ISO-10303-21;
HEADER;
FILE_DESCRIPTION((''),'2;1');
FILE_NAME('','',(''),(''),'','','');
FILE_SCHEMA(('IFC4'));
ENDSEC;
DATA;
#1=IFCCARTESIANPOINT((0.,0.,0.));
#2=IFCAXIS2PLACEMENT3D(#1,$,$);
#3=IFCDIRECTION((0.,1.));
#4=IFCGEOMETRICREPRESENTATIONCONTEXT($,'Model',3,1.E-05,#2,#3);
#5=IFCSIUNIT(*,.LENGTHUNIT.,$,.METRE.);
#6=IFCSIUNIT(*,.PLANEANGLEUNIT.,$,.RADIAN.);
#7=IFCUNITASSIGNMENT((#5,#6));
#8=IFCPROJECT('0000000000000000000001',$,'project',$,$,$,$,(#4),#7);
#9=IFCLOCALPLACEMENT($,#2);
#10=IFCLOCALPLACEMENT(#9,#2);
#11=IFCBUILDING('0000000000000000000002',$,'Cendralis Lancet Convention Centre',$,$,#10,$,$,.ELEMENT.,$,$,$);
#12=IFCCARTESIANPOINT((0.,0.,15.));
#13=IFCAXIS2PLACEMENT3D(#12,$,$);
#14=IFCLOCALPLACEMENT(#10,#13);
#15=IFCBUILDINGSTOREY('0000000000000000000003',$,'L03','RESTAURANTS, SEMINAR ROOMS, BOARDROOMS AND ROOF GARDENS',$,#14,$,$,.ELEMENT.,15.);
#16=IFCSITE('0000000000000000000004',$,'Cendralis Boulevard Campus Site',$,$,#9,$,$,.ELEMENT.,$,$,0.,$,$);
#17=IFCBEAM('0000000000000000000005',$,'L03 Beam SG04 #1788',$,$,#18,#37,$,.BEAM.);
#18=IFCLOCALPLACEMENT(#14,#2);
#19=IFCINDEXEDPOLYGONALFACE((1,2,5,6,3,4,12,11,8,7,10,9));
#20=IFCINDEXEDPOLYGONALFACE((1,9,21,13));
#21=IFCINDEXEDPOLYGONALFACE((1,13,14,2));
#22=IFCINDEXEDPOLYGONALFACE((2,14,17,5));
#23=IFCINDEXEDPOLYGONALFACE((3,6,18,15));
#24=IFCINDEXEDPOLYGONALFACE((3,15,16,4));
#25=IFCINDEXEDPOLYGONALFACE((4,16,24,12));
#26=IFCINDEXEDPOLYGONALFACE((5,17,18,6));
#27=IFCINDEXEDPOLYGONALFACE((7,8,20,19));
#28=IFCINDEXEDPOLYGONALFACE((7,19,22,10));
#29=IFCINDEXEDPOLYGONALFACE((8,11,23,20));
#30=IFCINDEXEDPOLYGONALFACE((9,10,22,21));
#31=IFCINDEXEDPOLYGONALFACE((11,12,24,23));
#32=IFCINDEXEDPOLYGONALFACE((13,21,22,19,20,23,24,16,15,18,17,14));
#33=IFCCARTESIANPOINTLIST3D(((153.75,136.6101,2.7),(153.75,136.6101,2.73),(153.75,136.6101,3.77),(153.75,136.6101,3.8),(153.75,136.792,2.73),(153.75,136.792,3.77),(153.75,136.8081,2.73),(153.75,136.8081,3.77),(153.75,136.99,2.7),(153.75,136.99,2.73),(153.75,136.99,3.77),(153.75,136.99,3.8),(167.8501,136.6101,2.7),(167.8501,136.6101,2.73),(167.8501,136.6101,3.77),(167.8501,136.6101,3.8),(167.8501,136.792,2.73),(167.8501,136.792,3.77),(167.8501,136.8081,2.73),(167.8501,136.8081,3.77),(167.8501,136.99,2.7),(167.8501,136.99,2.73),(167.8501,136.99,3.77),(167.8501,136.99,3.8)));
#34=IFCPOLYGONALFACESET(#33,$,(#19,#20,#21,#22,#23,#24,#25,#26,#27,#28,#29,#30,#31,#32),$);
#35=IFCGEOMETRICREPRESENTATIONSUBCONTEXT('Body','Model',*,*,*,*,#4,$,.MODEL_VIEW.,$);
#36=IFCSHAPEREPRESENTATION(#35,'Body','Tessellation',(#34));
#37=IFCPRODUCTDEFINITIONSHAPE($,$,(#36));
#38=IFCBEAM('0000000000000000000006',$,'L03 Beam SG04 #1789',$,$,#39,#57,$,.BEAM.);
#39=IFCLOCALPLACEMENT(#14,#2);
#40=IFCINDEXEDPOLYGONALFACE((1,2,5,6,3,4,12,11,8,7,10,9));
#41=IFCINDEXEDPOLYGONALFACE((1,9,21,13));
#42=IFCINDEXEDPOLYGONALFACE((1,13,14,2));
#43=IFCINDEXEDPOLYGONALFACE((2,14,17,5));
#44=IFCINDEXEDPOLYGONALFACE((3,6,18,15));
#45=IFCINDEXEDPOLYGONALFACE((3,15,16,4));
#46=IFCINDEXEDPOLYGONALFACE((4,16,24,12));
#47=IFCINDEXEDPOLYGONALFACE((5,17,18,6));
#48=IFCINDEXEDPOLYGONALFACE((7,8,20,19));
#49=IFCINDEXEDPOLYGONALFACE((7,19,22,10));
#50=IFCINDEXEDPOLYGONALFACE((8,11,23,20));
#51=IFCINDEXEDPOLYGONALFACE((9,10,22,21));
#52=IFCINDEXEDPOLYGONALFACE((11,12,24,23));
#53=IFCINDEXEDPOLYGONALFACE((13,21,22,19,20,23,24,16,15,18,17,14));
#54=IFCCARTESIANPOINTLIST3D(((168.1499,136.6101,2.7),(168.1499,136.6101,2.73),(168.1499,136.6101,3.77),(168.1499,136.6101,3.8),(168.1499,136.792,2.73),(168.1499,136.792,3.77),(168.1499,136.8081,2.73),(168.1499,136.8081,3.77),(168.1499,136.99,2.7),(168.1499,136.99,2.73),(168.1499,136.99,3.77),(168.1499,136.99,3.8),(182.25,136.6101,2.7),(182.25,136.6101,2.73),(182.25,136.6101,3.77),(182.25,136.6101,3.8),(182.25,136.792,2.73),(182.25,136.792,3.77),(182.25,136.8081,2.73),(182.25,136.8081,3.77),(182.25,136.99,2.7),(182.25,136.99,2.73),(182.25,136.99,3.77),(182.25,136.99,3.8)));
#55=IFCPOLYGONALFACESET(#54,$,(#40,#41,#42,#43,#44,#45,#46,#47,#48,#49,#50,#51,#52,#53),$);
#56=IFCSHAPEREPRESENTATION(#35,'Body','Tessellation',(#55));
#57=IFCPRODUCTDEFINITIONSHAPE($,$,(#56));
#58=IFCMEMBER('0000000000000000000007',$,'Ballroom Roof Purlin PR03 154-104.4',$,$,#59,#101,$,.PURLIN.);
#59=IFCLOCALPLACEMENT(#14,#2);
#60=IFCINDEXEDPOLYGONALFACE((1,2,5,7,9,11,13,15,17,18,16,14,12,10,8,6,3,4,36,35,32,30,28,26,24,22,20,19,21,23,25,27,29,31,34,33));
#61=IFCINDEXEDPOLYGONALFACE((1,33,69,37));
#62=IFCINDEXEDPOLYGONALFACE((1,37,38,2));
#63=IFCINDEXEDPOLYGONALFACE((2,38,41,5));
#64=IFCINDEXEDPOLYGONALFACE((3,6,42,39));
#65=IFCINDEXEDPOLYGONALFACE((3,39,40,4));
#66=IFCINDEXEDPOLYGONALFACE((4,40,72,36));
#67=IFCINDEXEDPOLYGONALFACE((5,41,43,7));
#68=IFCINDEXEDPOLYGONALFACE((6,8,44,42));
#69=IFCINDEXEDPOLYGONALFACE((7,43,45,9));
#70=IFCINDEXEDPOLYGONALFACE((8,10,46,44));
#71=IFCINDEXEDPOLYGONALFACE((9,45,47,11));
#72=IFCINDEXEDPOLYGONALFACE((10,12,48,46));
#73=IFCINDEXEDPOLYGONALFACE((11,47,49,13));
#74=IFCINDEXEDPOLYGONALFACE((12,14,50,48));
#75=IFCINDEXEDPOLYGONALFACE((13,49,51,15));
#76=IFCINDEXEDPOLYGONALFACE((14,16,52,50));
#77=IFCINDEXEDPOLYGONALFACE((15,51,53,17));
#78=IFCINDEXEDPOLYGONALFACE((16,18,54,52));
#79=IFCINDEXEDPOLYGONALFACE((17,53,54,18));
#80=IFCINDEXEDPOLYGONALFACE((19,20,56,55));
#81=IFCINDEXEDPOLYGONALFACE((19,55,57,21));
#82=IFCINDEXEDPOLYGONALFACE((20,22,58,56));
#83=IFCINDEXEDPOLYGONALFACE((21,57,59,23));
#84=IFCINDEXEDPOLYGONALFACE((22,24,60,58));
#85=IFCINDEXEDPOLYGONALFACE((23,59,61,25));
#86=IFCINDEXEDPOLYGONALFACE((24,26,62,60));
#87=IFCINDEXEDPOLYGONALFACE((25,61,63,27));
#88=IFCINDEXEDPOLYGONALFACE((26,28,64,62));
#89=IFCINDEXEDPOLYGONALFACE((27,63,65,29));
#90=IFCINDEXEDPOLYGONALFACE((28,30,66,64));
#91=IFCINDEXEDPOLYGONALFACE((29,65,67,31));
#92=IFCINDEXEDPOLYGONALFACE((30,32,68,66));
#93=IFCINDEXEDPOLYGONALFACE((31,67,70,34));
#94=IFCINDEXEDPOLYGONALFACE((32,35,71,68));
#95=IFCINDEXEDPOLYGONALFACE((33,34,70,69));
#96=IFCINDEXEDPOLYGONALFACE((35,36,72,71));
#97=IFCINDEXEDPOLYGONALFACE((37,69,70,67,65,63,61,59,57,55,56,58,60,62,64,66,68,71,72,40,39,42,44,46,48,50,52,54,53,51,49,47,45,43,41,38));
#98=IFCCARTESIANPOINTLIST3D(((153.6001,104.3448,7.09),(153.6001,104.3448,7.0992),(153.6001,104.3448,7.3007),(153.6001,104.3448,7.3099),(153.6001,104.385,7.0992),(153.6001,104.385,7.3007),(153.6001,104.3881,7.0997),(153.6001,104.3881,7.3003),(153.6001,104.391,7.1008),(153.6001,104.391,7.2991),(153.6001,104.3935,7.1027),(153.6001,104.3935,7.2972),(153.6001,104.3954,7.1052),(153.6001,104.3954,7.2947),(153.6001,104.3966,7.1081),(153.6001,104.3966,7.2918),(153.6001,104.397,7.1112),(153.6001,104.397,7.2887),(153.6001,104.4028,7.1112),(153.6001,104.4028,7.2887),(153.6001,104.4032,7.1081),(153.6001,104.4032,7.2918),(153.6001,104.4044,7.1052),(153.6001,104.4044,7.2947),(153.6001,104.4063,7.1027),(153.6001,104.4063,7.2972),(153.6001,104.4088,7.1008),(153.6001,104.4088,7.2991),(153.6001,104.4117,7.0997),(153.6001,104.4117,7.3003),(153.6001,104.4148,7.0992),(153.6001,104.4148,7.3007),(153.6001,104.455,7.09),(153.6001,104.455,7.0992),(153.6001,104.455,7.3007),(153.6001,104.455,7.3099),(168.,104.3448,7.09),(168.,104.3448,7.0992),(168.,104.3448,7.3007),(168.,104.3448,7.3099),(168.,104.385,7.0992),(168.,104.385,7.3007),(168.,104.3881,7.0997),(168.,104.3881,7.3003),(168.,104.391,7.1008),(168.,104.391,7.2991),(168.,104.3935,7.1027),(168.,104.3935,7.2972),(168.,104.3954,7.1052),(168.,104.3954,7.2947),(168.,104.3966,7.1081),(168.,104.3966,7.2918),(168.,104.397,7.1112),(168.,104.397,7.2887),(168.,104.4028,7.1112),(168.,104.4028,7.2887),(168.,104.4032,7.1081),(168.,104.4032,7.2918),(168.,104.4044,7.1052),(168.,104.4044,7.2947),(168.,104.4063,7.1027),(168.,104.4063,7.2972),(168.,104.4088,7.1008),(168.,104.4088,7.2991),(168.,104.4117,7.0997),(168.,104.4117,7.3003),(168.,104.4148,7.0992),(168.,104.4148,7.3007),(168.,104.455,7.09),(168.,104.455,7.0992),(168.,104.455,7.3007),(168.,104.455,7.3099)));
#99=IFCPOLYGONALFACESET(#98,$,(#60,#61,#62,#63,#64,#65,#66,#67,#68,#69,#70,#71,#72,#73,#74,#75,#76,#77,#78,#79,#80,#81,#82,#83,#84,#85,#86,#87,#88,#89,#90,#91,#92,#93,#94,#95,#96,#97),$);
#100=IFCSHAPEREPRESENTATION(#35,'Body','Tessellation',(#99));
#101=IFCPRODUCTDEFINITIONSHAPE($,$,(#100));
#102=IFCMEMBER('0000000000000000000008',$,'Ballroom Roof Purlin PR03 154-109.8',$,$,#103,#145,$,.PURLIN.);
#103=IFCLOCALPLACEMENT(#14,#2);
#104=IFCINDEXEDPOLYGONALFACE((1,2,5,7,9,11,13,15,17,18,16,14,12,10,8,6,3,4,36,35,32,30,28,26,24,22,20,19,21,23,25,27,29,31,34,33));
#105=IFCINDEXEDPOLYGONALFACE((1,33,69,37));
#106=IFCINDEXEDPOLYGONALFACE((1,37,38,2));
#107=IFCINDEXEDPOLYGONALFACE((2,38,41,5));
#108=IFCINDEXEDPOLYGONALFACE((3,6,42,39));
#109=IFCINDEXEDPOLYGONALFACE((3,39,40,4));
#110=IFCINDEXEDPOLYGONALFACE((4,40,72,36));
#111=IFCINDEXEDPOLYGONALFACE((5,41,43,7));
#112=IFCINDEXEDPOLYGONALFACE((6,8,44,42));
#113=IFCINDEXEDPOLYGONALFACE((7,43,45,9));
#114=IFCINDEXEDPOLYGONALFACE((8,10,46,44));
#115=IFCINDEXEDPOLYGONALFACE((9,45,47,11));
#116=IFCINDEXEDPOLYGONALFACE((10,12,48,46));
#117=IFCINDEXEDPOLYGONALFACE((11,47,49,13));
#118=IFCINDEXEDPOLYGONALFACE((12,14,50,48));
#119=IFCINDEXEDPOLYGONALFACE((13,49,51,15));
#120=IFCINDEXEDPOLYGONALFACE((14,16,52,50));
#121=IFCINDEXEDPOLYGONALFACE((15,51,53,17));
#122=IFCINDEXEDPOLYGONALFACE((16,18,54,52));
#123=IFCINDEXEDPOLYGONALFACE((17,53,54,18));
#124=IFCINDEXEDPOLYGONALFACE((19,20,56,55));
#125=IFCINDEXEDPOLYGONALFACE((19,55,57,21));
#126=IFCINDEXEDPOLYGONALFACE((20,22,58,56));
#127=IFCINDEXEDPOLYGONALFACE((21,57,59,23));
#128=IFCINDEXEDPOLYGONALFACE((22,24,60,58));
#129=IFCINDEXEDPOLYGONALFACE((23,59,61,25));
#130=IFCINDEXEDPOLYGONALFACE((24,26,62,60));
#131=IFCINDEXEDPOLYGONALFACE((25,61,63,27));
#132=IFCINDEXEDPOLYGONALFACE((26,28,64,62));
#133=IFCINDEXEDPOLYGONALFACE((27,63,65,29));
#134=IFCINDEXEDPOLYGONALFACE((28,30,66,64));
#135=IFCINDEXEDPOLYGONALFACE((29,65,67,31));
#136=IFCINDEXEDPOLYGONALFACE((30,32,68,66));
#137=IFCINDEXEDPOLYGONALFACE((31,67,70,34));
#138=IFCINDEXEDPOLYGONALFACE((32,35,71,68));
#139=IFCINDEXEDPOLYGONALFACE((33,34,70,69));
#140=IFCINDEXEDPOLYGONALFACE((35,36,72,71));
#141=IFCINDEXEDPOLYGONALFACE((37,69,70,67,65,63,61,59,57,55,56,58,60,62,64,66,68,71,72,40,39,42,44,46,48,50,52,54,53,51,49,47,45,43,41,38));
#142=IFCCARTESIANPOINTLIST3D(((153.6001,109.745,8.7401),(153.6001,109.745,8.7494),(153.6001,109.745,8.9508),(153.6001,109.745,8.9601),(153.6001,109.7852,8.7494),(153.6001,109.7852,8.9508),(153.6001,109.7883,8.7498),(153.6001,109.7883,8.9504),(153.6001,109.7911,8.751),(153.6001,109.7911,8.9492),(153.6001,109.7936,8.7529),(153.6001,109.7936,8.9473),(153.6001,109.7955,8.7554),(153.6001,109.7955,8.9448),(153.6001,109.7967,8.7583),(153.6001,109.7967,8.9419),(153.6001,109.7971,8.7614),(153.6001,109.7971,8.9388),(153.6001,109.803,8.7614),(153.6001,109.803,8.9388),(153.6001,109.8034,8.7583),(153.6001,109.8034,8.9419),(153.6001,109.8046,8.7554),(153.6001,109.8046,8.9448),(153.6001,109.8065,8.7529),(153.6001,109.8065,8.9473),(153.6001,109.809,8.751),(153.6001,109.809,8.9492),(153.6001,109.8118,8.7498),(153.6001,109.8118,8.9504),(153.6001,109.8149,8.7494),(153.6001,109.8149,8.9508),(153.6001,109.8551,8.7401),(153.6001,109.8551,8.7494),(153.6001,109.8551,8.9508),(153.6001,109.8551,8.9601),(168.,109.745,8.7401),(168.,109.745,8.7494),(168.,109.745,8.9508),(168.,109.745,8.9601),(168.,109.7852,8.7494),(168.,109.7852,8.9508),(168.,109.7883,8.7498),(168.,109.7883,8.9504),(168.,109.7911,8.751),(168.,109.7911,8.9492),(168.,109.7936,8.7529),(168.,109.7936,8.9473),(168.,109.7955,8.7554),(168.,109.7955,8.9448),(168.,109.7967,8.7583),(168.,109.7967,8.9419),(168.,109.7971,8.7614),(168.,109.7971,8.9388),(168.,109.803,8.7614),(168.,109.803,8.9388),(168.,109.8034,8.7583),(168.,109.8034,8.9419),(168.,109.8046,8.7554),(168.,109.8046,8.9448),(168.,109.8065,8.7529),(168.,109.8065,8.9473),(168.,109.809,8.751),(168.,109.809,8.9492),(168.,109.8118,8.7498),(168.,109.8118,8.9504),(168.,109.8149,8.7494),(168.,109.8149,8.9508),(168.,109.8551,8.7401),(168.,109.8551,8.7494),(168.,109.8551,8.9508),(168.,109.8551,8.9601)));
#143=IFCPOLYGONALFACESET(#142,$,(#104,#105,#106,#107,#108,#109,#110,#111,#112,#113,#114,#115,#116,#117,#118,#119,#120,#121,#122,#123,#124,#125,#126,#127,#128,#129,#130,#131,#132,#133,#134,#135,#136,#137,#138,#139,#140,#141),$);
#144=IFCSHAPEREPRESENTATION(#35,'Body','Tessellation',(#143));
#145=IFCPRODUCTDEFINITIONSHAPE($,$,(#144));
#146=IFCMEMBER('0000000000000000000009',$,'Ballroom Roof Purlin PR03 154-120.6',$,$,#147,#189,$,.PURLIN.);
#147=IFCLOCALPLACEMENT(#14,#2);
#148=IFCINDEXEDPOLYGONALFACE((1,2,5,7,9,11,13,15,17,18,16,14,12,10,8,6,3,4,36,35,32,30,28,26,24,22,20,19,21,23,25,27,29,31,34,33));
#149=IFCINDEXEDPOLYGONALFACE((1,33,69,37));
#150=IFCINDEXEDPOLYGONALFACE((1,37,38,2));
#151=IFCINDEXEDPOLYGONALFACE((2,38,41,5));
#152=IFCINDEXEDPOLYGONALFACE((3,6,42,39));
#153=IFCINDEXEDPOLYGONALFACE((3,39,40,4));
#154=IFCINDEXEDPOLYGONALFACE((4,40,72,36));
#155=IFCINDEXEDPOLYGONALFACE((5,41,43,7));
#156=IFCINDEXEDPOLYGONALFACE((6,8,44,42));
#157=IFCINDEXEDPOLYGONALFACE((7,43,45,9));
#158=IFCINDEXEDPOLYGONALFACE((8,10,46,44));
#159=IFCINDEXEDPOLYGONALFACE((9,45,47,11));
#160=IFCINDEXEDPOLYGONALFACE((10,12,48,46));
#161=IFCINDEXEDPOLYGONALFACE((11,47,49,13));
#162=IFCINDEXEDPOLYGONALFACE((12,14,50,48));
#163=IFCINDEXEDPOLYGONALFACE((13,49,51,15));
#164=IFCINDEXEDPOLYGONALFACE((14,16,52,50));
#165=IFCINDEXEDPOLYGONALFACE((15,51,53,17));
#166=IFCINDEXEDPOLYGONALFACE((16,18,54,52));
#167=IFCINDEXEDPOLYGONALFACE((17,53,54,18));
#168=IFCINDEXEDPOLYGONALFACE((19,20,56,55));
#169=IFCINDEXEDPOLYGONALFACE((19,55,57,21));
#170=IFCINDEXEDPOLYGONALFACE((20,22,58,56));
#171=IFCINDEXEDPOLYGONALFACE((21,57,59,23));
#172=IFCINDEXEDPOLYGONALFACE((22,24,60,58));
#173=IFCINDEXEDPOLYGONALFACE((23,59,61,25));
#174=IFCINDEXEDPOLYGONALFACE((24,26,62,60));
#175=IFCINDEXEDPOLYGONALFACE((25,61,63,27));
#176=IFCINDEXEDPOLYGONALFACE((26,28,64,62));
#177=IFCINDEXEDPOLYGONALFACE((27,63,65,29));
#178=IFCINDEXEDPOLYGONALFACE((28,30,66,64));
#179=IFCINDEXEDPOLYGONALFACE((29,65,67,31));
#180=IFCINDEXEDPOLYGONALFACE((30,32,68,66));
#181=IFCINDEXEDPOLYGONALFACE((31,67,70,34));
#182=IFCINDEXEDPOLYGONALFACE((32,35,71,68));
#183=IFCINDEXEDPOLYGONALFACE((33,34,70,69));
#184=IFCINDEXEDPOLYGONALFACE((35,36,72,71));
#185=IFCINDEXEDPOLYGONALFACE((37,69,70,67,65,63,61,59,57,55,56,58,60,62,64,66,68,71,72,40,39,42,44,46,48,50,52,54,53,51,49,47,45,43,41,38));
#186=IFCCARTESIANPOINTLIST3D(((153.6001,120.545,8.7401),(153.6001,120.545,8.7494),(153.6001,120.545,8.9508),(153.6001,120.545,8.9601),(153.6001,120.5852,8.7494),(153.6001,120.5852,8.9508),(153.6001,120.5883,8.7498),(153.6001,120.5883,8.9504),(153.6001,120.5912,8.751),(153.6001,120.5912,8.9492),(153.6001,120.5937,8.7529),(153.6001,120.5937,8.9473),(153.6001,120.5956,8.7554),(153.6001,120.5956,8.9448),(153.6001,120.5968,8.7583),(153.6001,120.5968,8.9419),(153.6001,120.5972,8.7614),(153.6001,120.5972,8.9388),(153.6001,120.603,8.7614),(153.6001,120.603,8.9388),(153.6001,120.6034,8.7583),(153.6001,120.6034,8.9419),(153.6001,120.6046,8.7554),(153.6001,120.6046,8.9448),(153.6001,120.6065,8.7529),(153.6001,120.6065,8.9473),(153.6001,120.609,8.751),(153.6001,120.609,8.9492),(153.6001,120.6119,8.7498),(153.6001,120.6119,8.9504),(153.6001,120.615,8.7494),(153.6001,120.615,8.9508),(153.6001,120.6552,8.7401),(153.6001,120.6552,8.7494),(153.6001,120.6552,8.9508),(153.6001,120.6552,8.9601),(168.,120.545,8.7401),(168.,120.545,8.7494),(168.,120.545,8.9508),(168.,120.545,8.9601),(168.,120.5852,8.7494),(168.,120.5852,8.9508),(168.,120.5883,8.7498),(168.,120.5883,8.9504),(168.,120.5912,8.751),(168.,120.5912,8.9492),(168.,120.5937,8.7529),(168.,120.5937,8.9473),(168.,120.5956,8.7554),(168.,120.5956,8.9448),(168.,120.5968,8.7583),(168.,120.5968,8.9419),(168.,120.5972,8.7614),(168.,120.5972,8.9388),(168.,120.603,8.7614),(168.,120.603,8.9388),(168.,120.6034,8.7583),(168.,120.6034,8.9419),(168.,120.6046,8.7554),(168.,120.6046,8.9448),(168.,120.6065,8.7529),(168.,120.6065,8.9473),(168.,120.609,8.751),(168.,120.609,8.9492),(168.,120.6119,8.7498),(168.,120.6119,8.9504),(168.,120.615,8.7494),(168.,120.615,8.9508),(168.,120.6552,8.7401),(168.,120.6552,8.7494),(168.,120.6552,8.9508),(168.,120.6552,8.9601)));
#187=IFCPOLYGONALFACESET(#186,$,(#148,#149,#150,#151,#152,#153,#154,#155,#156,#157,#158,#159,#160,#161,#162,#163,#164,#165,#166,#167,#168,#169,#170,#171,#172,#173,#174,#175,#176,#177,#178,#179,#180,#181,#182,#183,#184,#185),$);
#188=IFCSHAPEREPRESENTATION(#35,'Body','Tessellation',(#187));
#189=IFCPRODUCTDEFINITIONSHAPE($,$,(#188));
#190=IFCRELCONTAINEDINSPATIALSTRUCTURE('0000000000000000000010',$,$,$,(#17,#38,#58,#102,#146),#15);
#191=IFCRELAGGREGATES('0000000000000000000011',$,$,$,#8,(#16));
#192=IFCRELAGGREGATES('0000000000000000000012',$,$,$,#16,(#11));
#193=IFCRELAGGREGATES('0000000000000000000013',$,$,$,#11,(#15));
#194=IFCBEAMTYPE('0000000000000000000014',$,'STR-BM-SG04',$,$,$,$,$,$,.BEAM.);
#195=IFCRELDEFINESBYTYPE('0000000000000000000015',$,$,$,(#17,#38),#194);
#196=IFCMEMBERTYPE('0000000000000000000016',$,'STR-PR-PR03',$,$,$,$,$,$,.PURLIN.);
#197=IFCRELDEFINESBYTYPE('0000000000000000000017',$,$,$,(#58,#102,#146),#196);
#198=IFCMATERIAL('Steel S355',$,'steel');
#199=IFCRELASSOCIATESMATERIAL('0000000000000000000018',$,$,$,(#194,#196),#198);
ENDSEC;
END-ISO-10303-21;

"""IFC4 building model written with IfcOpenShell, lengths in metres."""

from ifc_helpers import new_model, si_unit, direction, frame, origin, origin_2d, place, context, subcontext, project, spatial, i_section, extrude, material, material_profile, profile_set, type_object, element, save


model = new_model("IFC4")

# Units and contexts
model_context = context("Model", 3, precision=1e-05, world=origin(), true_north=direction((0.0, 1.0)))
body_context = subcontext(model_context, "Body", "Model", "MODEL_VIEW")
ifc_project = project(units=[si_unit("LENGTHUNIT", "METRE"), si_unit("PLANEANGLEUNIT", "RADIAN")], contexts=[model_context])

# Site, building, storey
site_placement = place(None, origin())
site = spatial("IfcSite", under=ifc_project, at=site_placement, Name="Cendralis Boulevard Campus Site", CompositionType="ELEMENT", RefElevation=0.0)
building_placement = place(site_placement, origin())
building = spatial("IfcBuilding", under=site, at=building_placement, Name="Cendralis Lancet Convention Centre", CompositionType="ELEMENT")
storey_placement = place(building_placement, frame((0.0, 0.0, 15.0)))
storey = spatial("IfcBuildingStorey", under=building, at=storey_placement, Name="L03", Description="RESTAURANTS, SEMINAR ROOMS, BOARDROOMS AND ROOF GARDENS", CompositionType="ELEMENT", Elevation=15.0)

# Shared definitions
ifc_material_1 = material(Name="Steel S355", Category="steel")

# Beams
ifc_material_profile_1 = material_profile(ifc_material_1, i_section(OverallWidth=0.3799, OverallDepth=1.1001, WebThickness=0.0161, FlangeThickness=0.03, at=origin_2d()), Name="PG 1100x380")
ifc_profile_set_1 = profile_set([ifc_material_profile_1], Name="Steel S355")
beam_type_1 = type_object("IfcBeamType", Name="STR-BM-SG04", PredefinedType="BEAM", material=ifc_profile_set_1)
for number, where, z_axis, x_axis, name in (
    (1, (153.75, 136.8, 3.25), (1.0, 0.0, 0.0), (0.0, 1.0, 0.0), "L03 Beam SG04 #1788"),
    (2, (168.1499, 136.8, 3.25), (1.0, 0.0, 0.0), (0.0, 1.0, 0.0), "L03 Beam SG04 #1789"),
):
    element("IfcBeam", number, at=place(storey_placement, frame(where, z_axis=z_axis, x_axis=x_axis)), inside=storey, type_object=beam_type_1, Name=name, PredefinedType="BEAM", context=body_context, shape_type="SweptSolid", body=[
        extrude(i_section(OverallWidth=0.3799, OverallDepth=1.1001, WebThickness=0.0161, FlangeThickness=0.03, at=origin_2d()), origin(), (0.0, 0.0, 1.0), 14.1001),
    ])

# Members
ifc_material_profile_2 = material_profile(ifc_material_1, i_section(OverallWidth=0.1101, OverallDepth=0.22, WebThickness=0.0059, FlangeThickness=0.0093, FilletRadius=0.012, at=origin_2d()), Name="IPE 220")
ifc_profile_set_2 = profile_set([ifc_material_profile_2], Name="Steel S355")
member_type_1 = type_object("IfcMemberType", Name="STR-PR-PR03", PredefinedType="PURLIN", material=ifc_profile_set_2)
for number, where, z_axis, x_axis, name in (
    (3, (153.6001, 104.3999, 7.2), (1.0, 0.0, 0.0), (0.0, 1.0, 0.0), "Ballroom Roof Purlin PR03 154-104.4"),
    (4, (153.6001, 109.8, 8.8501), (1.0, 0.0, 0.0), (0.0, 1.0, 0.0), "Ballroom Roof Purlin PR03 154-109.8"),
    (5, (153.6001, 120.6001, 8.8501), (1.0, 0.0, 0.0), (0.0, 1.0, 0.0), "Ballroom Roof Purlin PR03 154-120.6"),
):
    element("IfcMember", number, at=place(storey_placement, frame(where, z_axis=z_axis, x_axis=x_axis)), inside=storey, type_object=member_type_1, Name=name, PredefinedType="PURLIN", context=body_context, shape_type="SweptSolid", body=[
        extrude(i_section(OverallWidth=0.1101, OverallDepth=0.22, WebThickness=0.0059, FlangeThickness=0.0093, FilletRadius=0.012, at=origin_2d()), origin(), (0.0, 0.0, 1.0), 14.3999),
    ])

save(model, "model.ifc")
